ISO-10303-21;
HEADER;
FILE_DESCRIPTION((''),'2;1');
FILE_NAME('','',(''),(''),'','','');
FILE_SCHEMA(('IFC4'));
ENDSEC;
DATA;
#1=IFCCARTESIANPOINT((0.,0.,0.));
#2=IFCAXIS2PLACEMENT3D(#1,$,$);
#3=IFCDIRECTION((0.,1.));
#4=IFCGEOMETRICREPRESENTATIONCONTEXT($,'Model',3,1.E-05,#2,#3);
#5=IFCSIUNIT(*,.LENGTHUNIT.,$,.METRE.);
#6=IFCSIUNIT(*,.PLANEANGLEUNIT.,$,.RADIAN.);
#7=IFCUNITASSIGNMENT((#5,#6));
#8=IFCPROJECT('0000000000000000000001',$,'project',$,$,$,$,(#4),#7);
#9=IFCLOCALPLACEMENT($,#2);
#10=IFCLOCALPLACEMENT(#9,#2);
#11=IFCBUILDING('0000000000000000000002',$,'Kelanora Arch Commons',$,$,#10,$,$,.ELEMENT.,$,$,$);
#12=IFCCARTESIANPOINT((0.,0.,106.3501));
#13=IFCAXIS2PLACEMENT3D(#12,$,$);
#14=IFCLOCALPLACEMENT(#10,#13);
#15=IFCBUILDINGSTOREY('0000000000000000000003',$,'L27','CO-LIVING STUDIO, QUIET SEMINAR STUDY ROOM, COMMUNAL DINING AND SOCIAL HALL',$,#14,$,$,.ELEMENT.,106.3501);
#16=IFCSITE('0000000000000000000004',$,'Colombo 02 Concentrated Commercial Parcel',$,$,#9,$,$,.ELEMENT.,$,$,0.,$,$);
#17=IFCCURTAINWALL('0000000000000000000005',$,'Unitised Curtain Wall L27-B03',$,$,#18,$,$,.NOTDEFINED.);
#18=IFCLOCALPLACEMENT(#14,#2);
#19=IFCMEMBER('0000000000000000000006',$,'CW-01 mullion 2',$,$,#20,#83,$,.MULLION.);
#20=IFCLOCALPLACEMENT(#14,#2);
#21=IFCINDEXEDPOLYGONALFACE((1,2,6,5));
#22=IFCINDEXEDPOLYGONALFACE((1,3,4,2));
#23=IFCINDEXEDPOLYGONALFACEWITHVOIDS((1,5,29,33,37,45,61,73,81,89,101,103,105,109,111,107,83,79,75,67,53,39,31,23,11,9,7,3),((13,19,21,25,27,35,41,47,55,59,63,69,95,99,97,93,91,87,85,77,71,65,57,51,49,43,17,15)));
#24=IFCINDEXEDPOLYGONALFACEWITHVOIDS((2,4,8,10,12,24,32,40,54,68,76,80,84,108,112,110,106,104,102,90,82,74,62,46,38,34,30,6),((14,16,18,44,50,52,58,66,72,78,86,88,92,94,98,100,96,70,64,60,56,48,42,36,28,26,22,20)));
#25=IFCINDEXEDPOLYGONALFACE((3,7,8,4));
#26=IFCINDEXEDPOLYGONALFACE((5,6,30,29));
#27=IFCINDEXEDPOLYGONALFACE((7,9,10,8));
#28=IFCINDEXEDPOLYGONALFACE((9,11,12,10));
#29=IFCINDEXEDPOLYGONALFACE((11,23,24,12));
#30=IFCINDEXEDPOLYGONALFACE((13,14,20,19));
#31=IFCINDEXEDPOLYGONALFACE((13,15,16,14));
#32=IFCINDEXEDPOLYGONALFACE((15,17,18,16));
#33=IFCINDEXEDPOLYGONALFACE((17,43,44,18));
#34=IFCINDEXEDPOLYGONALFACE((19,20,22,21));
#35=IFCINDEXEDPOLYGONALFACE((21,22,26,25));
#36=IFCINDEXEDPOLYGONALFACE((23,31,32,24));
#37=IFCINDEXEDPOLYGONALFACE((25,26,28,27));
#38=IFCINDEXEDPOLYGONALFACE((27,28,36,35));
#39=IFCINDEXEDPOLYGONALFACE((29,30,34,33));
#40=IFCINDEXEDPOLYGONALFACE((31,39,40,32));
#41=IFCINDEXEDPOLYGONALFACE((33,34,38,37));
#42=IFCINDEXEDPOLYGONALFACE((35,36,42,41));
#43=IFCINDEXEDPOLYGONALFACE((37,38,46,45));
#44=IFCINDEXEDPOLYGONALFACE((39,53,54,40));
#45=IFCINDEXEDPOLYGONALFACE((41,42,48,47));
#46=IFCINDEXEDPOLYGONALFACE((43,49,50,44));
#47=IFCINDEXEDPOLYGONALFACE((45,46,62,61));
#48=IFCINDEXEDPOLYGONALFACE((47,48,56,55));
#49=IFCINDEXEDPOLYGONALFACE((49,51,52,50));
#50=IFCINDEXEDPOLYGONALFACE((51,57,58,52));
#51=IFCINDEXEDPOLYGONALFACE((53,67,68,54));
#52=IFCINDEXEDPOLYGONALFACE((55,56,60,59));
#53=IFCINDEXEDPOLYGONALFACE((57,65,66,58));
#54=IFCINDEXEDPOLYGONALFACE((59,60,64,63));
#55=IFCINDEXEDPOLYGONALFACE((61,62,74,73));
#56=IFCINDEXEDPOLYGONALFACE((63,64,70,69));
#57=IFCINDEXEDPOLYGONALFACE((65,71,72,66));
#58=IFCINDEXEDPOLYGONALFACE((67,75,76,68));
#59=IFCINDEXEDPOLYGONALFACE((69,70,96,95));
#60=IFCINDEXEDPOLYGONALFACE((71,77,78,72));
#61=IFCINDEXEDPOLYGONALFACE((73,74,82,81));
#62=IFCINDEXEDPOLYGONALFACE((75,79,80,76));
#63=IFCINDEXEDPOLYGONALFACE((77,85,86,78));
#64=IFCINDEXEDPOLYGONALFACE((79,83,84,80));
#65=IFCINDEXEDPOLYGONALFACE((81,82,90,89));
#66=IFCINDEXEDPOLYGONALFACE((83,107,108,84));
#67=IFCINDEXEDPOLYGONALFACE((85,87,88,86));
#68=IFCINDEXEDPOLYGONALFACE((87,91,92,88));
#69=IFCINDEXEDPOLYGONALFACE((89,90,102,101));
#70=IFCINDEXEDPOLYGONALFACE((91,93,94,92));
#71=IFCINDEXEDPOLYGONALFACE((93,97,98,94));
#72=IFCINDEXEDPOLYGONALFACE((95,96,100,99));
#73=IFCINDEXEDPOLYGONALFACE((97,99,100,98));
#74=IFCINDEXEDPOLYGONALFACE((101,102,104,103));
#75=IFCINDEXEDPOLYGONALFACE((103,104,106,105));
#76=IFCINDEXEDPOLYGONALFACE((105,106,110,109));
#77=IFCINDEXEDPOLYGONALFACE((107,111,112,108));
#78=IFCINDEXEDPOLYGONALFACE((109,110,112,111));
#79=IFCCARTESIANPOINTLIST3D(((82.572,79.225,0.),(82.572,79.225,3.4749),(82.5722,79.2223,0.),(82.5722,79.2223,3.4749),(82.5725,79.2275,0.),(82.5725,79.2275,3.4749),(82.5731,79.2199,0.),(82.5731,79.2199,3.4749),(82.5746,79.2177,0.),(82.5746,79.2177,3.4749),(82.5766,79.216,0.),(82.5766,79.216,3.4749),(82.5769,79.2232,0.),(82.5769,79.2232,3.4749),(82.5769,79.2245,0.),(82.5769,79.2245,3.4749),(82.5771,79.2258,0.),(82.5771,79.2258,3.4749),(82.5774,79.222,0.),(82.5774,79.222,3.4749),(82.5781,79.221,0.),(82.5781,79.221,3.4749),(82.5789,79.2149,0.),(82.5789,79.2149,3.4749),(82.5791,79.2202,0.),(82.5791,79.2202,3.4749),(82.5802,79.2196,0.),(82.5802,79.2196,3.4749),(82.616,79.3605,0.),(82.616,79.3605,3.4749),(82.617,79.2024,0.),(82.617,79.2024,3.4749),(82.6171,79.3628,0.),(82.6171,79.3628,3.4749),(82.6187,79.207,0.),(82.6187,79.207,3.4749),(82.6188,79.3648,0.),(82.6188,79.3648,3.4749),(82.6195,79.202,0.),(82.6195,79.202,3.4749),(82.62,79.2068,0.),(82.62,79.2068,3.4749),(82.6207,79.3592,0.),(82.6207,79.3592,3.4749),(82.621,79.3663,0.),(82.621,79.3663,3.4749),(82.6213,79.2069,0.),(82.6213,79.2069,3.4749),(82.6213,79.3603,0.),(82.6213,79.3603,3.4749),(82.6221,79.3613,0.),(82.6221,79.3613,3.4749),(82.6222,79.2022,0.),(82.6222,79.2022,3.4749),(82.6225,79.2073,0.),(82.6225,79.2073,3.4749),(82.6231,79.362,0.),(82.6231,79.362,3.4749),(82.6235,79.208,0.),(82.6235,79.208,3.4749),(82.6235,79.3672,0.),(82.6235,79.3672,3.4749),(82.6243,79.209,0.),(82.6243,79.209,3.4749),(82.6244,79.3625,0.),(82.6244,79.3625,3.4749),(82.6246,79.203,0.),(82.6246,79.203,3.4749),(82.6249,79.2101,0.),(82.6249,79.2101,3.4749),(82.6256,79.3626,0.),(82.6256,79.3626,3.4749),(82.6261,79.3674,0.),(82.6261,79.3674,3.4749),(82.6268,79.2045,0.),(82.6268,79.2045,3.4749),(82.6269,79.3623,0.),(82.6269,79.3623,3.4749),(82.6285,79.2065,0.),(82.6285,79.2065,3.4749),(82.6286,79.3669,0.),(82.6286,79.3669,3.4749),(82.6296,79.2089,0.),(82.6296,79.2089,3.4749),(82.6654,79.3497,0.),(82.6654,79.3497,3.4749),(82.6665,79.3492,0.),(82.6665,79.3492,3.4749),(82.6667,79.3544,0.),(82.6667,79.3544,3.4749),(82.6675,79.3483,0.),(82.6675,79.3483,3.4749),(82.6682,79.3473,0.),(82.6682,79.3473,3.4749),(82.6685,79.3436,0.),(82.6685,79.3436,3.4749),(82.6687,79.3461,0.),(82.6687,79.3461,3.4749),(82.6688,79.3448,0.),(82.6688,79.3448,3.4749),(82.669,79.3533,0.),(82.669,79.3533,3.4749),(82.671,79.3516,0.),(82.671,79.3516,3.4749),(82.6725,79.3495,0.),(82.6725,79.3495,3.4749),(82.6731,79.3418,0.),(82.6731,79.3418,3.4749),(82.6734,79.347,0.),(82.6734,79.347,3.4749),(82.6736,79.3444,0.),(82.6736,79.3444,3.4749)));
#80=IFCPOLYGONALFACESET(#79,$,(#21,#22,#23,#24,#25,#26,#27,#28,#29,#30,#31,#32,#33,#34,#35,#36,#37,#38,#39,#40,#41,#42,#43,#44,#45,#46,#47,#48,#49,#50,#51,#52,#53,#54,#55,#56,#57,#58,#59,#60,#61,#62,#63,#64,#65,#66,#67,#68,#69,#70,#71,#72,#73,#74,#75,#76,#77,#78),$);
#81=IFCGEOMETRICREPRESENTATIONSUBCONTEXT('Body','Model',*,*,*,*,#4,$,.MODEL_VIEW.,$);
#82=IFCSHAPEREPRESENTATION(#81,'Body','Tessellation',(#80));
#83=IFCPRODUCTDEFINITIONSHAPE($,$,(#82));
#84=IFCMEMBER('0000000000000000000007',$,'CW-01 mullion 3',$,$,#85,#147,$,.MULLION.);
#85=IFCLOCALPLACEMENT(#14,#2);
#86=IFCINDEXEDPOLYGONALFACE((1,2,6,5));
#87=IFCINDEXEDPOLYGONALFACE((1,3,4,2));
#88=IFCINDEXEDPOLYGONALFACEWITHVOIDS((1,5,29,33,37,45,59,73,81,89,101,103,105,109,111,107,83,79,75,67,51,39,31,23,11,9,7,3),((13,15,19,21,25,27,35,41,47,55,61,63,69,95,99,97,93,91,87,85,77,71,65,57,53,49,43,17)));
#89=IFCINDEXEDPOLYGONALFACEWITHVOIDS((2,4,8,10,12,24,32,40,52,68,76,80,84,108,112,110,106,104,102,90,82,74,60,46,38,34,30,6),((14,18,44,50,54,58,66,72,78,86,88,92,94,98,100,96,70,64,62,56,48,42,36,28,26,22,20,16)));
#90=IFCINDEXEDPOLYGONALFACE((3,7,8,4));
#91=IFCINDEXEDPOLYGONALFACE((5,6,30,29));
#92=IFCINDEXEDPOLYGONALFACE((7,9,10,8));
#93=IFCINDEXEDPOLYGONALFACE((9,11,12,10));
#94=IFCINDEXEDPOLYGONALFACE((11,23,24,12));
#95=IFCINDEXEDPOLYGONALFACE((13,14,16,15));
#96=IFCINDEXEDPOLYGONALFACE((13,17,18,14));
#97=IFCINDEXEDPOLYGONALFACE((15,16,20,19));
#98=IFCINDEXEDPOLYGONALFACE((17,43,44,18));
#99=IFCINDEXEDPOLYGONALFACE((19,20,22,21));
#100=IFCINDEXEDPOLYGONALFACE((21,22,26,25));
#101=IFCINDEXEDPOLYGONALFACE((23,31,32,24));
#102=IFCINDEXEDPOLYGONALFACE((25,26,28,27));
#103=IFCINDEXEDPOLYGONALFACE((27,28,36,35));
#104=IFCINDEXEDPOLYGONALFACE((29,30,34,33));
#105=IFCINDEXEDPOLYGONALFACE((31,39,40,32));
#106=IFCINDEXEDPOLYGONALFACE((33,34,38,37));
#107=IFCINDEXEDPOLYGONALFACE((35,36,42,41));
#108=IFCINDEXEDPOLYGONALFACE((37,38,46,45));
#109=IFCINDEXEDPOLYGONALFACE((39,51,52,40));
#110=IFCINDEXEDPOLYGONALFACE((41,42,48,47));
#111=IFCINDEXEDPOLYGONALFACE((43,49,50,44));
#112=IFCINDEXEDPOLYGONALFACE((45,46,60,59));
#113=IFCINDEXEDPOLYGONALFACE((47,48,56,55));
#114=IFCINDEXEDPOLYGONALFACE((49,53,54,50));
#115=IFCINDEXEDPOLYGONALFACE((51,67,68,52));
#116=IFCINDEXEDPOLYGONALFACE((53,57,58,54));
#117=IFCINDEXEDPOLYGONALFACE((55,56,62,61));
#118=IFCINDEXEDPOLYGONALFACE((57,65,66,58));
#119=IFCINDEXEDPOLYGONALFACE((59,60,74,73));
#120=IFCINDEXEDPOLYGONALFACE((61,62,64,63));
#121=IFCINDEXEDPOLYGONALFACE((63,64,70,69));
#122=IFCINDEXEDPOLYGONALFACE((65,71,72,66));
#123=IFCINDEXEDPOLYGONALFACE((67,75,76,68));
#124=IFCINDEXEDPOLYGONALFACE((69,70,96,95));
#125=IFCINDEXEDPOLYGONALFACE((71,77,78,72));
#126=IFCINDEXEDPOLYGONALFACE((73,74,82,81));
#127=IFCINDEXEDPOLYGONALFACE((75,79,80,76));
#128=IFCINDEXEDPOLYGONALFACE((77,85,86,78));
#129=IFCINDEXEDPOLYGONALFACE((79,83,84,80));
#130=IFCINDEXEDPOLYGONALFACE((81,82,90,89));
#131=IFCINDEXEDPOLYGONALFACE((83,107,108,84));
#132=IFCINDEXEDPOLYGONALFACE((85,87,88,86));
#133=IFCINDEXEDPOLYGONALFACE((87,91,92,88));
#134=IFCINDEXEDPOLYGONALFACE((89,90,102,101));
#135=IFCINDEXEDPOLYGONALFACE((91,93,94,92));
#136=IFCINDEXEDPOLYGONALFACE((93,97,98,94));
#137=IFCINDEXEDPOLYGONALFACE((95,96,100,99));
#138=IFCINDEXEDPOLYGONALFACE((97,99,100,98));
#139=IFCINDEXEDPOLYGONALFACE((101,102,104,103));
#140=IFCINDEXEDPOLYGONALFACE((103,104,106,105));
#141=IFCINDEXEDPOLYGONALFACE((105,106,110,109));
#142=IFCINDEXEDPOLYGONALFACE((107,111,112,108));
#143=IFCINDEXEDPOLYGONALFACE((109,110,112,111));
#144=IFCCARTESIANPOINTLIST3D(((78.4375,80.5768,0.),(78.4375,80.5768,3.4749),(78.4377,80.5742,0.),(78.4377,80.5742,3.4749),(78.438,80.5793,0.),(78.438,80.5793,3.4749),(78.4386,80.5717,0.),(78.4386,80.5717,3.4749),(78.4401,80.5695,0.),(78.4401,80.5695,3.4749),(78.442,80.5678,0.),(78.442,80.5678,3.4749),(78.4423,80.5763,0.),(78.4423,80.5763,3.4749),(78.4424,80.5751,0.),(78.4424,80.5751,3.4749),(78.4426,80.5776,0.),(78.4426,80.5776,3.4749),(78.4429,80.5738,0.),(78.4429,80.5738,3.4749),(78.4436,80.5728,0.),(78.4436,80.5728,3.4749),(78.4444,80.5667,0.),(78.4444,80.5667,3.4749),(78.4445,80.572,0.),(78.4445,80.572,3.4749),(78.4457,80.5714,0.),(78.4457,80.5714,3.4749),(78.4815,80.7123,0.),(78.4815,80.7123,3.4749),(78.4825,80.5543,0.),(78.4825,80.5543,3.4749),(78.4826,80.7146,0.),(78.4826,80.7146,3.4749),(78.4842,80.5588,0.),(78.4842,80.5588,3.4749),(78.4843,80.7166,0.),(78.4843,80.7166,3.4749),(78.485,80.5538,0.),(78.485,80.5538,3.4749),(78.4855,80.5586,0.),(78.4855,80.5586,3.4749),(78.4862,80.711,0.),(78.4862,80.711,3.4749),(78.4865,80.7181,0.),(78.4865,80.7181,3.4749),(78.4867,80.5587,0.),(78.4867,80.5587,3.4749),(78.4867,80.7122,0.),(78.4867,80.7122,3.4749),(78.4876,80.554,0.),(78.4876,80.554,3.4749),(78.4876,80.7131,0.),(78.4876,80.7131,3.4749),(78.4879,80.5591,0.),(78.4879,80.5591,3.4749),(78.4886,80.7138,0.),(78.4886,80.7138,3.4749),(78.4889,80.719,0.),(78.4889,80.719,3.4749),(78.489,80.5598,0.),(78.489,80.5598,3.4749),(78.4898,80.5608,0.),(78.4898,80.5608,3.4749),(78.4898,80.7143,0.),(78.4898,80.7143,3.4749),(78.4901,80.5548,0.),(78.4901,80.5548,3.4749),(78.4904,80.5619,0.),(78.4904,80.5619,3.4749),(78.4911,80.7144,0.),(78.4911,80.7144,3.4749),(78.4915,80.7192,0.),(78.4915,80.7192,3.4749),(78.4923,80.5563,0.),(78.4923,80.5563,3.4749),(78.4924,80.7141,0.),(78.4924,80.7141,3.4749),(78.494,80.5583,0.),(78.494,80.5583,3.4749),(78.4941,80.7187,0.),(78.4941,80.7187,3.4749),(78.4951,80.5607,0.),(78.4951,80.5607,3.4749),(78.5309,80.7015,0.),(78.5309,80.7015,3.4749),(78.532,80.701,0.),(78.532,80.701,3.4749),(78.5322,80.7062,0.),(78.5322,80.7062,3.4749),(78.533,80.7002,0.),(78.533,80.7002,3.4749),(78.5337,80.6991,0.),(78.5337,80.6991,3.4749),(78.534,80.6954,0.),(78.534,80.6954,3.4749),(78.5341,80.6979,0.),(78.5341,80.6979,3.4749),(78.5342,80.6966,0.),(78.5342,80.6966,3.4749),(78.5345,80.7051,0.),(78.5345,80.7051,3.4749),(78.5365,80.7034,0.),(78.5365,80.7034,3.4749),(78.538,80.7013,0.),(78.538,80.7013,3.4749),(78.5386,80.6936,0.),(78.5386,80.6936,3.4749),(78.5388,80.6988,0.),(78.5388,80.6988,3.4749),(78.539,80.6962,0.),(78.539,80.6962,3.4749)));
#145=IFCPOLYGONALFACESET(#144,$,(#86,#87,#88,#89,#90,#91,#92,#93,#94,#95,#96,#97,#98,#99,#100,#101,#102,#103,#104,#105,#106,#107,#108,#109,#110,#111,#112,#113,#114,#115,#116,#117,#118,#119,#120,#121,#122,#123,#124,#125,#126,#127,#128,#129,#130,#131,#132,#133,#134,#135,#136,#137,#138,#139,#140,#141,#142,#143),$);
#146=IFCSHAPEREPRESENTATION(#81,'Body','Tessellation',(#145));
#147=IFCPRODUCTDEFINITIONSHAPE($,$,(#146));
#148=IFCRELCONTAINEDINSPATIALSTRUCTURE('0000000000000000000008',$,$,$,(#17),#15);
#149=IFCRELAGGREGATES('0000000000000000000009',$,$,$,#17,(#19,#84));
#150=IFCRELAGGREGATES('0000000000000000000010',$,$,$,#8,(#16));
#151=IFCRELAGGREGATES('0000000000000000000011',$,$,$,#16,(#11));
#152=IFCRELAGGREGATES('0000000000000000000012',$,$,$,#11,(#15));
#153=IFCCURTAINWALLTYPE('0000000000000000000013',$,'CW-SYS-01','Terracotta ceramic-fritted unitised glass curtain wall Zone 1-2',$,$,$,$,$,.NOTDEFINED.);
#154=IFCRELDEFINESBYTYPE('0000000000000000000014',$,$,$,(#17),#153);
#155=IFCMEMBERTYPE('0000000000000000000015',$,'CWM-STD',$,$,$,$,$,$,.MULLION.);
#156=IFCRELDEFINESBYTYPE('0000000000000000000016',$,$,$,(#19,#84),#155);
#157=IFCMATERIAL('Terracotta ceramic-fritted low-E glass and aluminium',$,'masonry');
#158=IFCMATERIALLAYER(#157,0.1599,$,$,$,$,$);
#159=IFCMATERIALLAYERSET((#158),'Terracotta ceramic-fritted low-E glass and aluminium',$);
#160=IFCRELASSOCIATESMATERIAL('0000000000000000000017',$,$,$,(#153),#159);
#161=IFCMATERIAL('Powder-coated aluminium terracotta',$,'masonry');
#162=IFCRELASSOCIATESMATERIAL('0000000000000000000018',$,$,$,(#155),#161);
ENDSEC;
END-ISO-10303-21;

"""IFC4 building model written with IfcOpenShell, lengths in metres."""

from ifc_helpers import new_model, si_unit, direction, frame, origin, origin_2d, place, context, subcontext, project, spatial, hollow_rectangle, extrude, material, layer, layer_set, material_profile, profile_set, type_object, element, aggregate, save


model = new_model("IFC4")

# Units and contexts
model_context = context("Model", 3, precision=1e-05, world=origin(), true_north=direction((0.0, 1.0)))
body_context = subcontext(model_context, "Body", "Model", "MODEL_VIEW")
ifc_project = project(units=[si_unit("LENGTHUNIT", "METRE"), si_unit("PLANEANGLEUNIT", "RADIAN")], contexts=[model_context])

# Site, building, storey
site_placement = place(None, origin())
site = spatial("IfcSite", under=ifc_project, at=site_placement, Name="Colombo 02 Concentrated Commercial Parcel", CompositionType="ELEMENT", RefElevation=0.0)
building_placement = place(site_placement, origin())
building = spatial("IfcBuilding", under=site, at=building_placement, Name="Kelanora Arch Commons", CompositionType="ELEMENT")
storey_placement = place(building_placement, frame((0.0, 0.0, 106.3501)))
storey = spatial("IfcBuildingStorey", under=building, at=storey_placement, Name="L27", Description="CO-LIVING STUDIO, QUIET SEMINAR STUDY ROOM, COMMUNAL DINING AND SOCIAL HALL", CompositionType="ELEMENT", Elevation=106.3501)

# Curtain wall, members
ifc_material_1 = material(Name="Terracotta ceramic-fritted low-E glass and aluminium", Category="masonry")
ifc_layer_1 = layer(ifc_material_1, 0.1599)
ifc_layer_set_1 = layer_set([ifc_layer_1], Name="Terracotta ceramic-fritted low-E glass and aluminium")
curtain_wall_type = type_object("IfcCurtainWallType", Name="CW-SYS-01", Description="Terracotta ceramic-fritted unitised glass curtain wall Zone 1-2", PredefinedType="NOTDEFINED", material=ifc_layer_set_1)
curtain_wall_placement = place(storey_placement, origin())
curtain_wall = element("IfcCurtainWall", 1, at=curtain_wall_placement, inside=storey, type_object=curtain_wall_type, Name="Unitised Curtain Wall L27-B03", PredefinedType="NOTDEFINED")
ifc_material_2 = material(Name="Powder-coated aluminium terracotta", Category="masonry")
ifc_material_profile_1 = material_profile(ifc_material_2, hollow_rectangle(XDim=0.1599, YDim=0.0601, WallThickness=0.0049, InnerFilletRadius=0.0049, OuterFilletRadius=0.01, at=origin_2d()), Name="CWM160x60")
ifc_profile_set_1 = profile_set([ifc_material_profile_1], Name="Powder-coated aluminium terracotta")
member_type_1 = type_object("IfcMemberType", Name="CWM-STD", PredefinedType="MULLION", material=ifc_profile_set_1)
member_1_placement = place(storey_placement, frame((82.6228, 79.2847, 0.0), z_axis=(0.0, 0.0, 1.0), x_axis=(-0.310805, -0.950474, 0.0)))
member_1 = element("IfcMember", 2, at=member_1_placement, type_object=member_type_1, Name="CW-01 mullion 2", PredefinedType="MULLION", context=body_context, shape_type="SweptSolid", body=[
    extrude(hollow_rectangle(XDim=0.1599, YDim=0.0601, WallThickness=0.0049, InnerFilletRadius=0.0049, OuterFilletRadius=0.01, at=origin_2d()), origin(), (0.0, 0.0, 1.0), 3.4749),
])
member_2_placement = place(storey_placement, frame((78.4883, 80.6365, 0.0), z_axis=(0.0, 0.0, 1.0), x_axis=(-0.310805, -0.950474, 0.0)))
member_2 = element("IfcMember", 3, at=member_2_placement, type_object=member_type_1, Name="CW-01 mullion 3", PredefinedType="MULLION", context=body_context, shape_type="SweptSolid", body=[
    extrude(hollow_rectangle(XDim=0.1599, YDim=0.0601, WallThickness=0.0049, InnerFilletRadius=0.0049, OuterFilletRadius=0.01, at=origin_2d()), origin(), (0.0, 0.0, 1.0), 3.4749),
])
aggregate(curtain_wall, [member_1, member_2])

save(model, "model.ifc")
